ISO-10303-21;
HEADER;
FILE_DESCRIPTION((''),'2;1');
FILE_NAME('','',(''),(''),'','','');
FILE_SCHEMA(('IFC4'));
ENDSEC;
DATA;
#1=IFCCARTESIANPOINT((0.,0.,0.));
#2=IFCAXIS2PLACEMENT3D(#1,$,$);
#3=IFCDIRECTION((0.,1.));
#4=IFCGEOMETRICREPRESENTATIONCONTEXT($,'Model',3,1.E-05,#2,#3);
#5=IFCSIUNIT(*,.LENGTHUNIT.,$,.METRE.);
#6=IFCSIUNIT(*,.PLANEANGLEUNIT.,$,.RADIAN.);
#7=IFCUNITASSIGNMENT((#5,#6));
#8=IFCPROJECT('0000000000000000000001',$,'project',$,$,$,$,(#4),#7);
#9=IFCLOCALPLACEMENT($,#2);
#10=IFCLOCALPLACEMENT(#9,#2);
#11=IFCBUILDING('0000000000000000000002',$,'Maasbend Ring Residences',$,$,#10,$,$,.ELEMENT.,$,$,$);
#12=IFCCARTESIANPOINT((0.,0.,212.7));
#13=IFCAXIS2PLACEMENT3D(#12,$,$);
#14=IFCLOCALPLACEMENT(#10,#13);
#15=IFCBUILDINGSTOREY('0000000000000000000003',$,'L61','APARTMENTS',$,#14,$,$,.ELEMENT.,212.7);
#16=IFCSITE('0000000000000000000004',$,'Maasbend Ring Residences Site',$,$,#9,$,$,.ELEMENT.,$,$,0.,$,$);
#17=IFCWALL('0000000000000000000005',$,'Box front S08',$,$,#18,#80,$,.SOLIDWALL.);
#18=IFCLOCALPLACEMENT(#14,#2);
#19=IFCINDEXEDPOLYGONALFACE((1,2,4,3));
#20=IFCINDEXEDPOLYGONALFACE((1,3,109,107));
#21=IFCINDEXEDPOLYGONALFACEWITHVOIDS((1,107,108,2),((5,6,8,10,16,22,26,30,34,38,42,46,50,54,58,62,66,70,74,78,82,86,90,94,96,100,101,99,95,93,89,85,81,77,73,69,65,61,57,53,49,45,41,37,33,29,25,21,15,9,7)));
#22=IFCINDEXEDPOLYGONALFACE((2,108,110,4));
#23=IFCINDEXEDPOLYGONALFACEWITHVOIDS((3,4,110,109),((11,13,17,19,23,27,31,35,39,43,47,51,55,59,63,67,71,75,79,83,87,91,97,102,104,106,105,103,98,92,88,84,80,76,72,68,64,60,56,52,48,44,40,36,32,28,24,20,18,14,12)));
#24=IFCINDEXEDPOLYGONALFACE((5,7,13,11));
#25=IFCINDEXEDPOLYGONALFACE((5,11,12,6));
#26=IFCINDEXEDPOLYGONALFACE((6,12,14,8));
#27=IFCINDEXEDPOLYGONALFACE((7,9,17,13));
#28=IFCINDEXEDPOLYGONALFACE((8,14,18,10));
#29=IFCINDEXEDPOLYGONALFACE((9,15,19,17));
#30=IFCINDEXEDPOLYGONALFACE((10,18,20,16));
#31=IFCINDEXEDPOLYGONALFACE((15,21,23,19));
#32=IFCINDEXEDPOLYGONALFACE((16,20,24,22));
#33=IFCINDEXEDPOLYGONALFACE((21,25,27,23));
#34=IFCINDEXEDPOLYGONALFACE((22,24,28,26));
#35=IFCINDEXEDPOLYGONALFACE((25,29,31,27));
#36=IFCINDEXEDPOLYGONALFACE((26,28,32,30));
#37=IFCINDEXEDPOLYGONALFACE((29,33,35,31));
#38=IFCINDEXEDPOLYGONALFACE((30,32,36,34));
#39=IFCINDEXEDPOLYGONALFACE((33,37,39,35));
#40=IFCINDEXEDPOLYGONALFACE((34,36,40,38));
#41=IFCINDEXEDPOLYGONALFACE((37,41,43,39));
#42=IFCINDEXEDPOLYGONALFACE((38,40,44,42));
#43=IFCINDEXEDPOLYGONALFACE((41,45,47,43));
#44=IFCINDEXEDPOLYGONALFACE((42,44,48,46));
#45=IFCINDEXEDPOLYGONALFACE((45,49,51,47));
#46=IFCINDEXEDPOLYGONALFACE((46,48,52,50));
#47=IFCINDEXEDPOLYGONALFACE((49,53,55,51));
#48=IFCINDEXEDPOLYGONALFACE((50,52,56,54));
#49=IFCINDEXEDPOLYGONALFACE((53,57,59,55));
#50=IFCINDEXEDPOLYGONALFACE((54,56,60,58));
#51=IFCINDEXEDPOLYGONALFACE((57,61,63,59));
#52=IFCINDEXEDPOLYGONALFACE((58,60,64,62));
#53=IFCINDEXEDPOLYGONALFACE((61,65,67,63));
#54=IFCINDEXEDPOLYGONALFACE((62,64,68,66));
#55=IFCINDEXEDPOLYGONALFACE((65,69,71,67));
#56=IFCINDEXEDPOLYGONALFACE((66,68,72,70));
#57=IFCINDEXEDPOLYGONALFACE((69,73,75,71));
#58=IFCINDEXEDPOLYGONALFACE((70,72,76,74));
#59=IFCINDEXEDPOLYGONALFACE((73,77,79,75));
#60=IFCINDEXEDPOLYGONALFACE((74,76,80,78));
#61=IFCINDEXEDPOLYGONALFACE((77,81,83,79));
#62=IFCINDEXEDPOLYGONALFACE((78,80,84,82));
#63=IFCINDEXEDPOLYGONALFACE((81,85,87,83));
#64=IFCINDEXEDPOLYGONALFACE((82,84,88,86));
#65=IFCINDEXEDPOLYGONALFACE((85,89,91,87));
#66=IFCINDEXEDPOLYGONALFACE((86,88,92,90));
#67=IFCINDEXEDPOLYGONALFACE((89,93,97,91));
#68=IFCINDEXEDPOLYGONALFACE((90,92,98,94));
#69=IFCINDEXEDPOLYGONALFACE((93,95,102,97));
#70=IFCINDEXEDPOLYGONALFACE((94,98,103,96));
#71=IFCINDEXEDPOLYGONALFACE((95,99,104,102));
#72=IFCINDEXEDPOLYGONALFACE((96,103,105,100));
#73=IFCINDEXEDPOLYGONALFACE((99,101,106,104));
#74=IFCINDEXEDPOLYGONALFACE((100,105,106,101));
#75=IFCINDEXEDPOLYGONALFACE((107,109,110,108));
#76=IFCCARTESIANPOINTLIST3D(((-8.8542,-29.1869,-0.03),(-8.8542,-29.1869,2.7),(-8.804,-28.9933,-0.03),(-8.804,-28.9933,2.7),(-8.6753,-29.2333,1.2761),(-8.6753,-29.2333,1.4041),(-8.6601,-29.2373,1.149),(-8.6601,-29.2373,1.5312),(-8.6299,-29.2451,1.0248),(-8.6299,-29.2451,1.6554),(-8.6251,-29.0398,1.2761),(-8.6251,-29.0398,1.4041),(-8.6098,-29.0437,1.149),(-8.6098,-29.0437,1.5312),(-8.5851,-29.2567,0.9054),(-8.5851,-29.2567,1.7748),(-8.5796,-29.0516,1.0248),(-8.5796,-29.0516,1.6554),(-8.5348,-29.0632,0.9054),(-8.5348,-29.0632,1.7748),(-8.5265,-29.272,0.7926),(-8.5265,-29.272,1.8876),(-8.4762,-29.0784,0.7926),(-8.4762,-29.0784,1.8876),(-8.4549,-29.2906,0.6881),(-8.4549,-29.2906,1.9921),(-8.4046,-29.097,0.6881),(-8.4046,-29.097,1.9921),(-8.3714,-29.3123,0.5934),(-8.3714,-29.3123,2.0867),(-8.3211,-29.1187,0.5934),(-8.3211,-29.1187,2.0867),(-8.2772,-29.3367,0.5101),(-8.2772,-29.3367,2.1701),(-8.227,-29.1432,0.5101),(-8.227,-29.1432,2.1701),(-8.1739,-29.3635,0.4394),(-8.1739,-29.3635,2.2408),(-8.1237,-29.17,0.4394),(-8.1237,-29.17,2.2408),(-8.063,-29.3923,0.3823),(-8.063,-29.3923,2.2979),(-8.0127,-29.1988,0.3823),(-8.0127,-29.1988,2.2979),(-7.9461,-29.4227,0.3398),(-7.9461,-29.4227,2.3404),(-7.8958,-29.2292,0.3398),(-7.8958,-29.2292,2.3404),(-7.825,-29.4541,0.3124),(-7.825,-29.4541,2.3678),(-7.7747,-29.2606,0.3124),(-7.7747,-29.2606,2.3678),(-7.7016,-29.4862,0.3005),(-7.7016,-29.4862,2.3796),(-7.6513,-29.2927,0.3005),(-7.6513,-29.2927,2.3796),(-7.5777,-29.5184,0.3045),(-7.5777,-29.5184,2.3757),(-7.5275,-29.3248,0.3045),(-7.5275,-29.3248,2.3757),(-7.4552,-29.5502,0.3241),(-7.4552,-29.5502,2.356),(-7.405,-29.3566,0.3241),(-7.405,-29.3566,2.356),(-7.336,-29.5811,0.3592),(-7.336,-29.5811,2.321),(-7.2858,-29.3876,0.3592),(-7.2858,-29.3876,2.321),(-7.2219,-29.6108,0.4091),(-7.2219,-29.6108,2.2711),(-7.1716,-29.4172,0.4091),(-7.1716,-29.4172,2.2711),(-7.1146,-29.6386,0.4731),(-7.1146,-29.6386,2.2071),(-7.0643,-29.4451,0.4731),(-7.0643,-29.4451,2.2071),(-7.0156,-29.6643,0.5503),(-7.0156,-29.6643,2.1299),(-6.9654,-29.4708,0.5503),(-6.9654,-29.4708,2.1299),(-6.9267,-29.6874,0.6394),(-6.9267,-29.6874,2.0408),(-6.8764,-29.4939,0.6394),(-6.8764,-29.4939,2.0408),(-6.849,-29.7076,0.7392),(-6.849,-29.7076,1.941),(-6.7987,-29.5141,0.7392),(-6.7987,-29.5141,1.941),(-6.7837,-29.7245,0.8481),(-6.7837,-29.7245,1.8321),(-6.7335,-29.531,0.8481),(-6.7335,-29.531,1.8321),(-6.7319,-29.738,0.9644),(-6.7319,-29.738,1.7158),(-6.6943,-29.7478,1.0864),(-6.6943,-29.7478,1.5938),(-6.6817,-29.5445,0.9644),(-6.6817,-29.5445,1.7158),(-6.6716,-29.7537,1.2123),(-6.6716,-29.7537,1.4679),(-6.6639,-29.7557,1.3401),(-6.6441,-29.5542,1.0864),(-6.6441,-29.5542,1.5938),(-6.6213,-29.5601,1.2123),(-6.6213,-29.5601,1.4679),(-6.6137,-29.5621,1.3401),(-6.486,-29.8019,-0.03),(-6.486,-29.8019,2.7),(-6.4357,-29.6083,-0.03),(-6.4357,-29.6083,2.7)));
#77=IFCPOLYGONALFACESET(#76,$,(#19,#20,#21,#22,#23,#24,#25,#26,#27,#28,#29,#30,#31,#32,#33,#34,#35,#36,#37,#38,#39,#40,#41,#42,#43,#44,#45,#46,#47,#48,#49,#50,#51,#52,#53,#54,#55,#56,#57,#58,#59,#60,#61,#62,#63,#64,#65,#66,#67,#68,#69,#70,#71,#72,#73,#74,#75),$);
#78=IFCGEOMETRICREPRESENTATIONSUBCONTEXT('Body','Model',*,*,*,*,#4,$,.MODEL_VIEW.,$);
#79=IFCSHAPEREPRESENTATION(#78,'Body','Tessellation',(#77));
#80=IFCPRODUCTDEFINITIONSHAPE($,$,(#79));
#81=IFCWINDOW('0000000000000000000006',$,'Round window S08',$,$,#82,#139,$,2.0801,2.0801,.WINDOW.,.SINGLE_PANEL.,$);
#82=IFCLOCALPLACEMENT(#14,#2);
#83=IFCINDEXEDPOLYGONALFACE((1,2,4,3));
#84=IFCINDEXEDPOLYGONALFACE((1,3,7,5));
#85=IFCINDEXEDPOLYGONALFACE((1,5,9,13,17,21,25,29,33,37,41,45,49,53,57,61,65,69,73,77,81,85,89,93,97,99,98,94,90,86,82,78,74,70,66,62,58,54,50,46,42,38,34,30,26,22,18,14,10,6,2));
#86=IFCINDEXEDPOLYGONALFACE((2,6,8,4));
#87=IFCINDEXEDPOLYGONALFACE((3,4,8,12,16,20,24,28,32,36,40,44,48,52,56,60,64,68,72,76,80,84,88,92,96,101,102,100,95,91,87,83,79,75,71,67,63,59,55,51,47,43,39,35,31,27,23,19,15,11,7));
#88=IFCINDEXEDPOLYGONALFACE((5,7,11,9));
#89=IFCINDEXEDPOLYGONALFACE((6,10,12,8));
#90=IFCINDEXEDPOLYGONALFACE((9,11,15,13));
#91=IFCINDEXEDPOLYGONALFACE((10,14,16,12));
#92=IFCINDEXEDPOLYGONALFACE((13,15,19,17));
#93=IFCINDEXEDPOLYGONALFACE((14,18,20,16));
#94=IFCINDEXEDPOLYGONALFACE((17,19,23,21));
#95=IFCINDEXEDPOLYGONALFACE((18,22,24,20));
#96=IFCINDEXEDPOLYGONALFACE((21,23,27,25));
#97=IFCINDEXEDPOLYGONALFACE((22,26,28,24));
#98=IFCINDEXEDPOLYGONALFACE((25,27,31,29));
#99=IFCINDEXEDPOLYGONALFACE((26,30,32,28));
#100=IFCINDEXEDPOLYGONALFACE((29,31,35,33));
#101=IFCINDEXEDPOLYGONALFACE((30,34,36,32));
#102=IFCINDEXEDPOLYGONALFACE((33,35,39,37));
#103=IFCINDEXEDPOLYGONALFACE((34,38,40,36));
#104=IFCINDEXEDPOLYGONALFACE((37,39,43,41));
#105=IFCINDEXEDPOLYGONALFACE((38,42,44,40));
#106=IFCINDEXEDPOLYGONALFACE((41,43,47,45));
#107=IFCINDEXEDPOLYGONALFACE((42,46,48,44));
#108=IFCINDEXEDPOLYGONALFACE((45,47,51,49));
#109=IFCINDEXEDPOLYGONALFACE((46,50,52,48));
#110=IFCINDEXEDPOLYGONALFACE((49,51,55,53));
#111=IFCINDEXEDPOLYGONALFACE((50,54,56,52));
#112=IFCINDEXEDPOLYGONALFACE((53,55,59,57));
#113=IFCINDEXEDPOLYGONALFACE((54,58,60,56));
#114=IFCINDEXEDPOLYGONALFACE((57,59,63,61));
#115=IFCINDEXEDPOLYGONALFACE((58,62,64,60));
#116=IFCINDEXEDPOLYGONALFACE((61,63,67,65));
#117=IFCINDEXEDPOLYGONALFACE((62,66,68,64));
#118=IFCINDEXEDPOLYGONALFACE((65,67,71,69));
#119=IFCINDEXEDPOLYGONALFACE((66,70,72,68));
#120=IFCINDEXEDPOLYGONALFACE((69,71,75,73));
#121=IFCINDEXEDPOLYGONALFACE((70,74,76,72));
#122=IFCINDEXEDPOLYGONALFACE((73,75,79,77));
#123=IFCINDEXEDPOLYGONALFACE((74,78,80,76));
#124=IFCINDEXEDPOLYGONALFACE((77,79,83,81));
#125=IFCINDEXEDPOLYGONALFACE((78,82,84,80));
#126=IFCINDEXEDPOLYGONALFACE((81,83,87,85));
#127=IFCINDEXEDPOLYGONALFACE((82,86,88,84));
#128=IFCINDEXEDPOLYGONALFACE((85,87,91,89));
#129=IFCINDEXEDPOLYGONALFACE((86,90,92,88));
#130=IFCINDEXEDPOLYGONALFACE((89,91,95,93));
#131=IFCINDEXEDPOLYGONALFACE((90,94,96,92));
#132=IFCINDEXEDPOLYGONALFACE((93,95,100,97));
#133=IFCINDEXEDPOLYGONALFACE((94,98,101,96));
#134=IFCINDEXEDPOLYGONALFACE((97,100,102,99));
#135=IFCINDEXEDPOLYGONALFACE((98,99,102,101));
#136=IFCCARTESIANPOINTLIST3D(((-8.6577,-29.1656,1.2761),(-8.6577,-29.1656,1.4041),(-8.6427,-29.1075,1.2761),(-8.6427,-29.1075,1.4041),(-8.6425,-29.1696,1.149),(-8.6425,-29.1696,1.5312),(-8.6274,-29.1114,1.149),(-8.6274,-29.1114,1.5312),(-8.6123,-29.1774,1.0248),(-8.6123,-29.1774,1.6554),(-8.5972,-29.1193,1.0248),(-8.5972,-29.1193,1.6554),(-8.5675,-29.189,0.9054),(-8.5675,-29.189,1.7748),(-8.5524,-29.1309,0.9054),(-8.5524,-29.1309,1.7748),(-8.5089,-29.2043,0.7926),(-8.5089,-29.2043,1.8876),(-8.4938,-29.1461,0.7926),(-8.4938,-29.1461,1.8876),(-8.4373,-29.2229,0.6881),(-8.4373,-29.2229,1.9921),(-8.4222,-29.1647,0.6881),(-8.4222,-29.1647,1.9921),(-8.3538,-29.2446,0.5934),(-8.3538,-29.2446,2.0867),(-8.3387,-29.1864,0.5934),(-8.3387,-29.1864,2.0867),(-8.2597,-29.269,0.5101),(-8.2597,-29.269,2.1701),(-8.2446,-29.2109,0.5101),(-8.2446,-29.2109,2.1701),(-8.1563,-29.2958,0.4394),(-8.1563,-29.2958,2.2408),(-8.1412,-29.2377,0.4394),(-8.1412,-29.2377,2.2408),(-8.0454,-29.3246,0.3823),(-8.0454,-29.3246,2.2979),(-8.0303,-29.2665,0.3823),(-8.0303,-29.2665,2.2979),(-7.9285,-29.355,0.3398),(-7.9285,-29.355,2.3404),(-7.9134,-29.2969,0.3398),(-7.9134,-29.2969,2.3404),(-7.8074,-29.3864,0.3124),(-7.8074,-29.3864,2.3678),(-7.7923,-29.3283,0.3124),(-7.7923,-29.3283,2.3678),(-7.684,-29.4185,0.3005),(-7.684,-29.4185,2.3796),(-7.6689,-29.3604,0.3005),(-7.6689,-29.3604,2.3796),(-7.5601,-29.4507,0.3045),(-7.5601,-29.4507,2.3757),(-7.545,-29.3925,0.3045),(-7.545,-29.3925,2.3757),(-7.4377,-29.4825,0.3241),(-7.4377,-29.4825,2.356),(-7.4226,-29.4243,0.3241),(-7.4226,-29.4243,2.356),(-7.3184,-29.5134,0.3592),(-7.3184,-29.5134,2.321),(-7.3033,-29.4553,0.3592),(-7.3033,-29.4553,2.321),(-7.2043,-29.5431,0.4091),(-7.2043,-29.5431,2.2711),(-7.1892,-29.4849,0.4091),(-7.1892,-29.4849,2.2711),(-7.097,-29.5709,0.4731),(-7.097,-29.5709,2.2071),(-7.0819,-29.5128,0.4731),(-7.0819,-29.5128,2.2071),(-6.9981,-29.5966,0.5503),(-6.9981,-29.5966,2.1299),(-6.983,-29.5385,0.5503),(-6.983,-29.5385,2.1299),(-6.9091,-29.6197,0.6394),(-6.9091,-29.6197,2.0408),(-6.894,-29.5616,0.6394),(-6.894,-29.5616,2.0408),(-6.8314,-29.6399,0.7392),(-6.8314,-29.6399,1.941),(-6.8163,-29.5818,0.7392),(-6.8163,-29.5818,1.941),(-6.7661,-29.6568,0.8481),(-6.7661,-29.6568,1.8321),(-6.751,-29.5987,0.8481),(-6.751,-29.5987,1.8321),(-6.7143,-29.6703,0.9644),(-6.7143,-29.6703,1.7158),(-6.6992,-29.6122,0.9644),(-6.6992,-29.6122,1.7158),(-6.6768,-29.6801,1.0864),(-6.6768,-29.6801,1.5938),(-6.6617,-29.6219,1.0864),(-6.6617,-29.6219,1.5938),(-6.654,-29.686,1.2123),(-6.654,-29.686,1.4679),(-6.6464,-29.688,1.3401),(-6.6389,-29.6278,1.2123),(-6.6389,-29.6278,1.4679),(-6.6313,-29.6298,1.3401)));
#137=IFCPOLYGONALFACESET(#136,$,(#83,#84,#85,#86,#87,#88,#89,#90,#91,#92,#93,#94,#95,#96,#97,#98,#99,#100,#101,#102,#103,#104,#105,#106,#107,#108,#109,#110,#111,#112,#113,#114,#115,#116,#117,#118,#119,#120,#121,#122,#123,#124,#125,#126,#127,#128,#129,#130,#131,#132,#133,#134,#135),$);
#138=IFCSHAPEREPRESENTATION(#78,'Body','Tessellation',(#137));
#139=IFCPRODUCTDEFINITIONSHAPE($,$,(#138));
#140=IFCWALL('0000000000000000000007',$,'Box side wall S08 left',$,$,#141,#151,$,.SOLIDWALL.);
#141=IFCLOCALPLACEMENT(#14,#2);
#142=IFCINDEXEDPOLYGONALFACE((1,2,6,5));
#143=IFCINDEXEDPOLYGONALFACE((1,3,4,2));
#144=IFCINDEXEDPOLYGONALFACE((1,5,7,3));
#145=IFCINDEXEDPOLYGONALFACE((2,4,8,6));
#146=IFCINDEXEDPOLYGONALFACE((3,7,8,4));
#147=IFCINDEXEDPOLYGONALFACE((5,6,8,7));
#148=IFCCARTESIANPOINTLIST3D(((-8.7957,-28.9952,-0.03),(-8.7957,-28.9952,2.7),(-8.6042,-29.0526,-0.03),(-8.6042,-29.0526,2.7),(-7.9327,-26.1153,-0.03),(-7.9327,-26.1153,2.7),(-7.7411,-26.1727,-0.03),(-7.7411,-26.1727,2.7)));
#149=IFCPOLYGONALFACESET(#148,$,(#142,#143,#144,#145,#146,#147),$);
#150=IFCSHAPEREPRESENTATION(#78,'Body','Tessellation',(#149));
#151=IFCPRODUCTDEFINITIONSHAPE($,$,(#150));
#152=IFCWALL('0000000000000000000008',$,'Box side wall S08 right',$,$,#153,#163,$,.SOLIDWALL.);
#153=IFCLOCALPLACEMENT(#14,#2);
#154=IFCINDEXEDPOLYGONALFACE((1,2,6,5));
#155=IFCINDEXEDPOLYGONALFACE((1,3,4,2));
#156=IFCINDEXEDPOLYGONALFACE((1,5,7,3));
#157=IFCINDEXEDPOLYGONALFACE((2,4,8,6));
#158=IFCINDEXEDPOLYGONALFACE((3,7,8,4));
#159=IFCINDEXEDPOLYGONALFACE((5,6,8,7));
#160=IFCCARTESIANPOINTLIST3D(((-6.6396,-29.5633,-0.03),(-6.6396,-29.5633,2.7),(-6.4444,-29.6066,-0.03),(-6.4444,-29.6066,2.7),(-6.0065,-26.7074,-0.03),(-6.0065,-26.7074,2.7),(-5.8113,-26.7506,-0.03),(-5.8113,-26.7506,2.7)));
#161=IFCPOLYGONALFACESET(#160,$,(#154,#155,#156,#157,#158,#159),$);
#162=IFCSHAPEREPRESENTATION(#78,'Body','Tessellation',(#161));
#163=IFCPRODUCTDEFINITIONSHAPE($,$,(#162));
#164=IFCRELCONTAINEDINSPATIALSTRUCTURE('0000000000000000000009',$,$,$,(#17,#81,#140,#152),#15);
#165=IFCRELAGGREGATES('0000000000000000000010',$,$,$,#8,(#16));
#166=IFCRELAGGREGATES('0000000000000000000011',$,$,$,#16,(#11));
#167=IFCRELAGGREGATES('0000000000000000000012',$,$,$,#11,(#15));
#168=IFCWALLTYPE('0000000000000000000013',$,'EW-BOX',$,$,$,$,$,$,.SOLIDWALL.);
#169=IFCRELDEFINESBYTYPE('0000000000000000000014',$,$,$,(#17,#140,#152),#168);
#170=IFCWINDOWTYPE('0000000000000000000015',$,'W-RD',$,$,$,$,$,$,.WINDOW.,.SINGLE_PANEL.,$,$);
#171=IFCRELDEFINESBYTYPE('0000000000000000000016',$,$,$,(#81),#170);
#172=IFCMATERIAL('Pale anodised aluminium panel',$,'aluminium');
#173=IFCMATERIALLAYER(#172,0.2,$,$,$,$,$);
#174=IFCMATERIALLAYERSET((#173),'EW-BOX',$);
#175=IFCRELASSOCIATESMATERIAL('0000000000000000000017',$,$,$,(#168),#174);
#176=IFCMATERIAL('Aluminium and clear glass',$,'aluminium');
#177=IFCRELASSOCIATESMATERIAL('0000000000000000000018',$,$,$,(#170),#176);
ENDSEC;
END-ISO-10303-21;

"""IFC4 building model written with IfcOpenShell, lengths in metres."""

from ifc_helpers import new_model, si_unit, direction, frame, frame_2d, origin, place, context, subcontext, project, spatial, rectangle, circle, extrude, material, layer, layer_set, type_object, element, fill, save


model = new_model("IFC4")

# Units and contexts
model_context = context("Model", 3, precision=1e-05, world=origin(), true_north=direction((0.0, 1.0)))
body_context = subcontext(model_context, "Body", "Model", "MODEL_VIEW")
ifc_project = project(units=[si_unit("LENGTHUNIT", "METRE"), si_unit("PLANEANGLEUNIT", "RADIAN")], contexts=[model_context])

# Site, building, storey
site_placement = place(None, origin())
site = spatial("IfcSite", under=ifc_project, at=site_placement, Name="Maasbend Ring Residences Site", CompositionType="ELEMENT", RefElevation=0.0)
building_placement = place(site_placement, origin())
building = spatial("IfcBuilding", under=site, at=building_placement, Name="Maasbend Ring Residences", CompositionType="ELEMENT")
storey_placement = place(building_placement, frame((0.0, 0.0, 212.7)))
storey = spatial("IfcBuildingStorey", under=building, at=storey_placement, Name="L61", Description="APARTMENTS", CompositionType="ELEMENT", Elevation=212.7)

# Wall, opening, window
ifc_material_1 = material(Name="Pale anodised aluminium panel", Category="aluminium")
ifc_layer_1 = layer(ifc_material_1, 0.2)
ifc_layer_set_1 = layer_set([ifc_layer_1], Name="EW-BOX")
wall_type_1 = type_object("IfcWallType", Name="EW-BOX", PredefinedType="SOLIDWALL", material=ifc_layer_set_1)
wall_1_placement = place(storey_placement, frame((-8.8291, -29.0901, -0.03), z_axis=(0.0, 0.0, 1.0), x_axis=(0.967895, -0.251353, 0.0)))
wall_1 = element("IfcWall", 1, at=wall_1_placement, inside=storey, type_object=wall_type_1, Name="Box front S08", PredefinedType="SOLIDWALL", context=body_context, shape_type="SweptSolid", body=[
    extrude(rectangle(XDim=2.4468, YDim=0.2, at=frame_2d((1.2234, 0.0))), origin(), (0.0, 0.0, 1.0), 2.73),
])
opening_1_placement = place(wall_1_placement, frame((0.1829, 0.0, 0.3301)))
opening_1 = element("IfcOpeningElement", 2, at=opening_1_placement, cuts=wall_1, PredefinedType="OPENING", context=body_context, shape_type="SweptSolid", body=[
    extrude(circle(Radius=1.04, at=frame_2d((1.04, 1.04))), frame((0.0, 0.1099, 0.0), z_axis=(0.0, -1.0, 0.0), x_axis=(1.0, 0.0, 0.0)), (0.0, 0.0, 1.0), 0.22),
])
ifc_material_2 = material(Name="Aluminium and clear glass", Category="aluminium")
window_type_1 = type_object("IfcWindowType", Name="W-RD", PartitioningType="SINGLE_PANEL", PredefinedType="WINDOW", material=ifc_material_2)
window_1_placement = place(opening_1_placement, origin())
window_1 = element("IfcWindow", 3, at=window_1_placement, inside=storey, type_object=window_type_1, Name="Round window S08", OverallHeight=2.0801, OverallWidth=2.0801, PartitioningType="SINGLE_PANEL", PredefinedType="WINDOW", context=body_context, shape_type="SweptSolid", body=[
    extrude(circle(Radius=1.04, at=frame_2d((1.04, 1.04))), frame((0.0, 0.03, 0.0), z_axis=(0.0, -1.0, 0.0), x_axis=(1.0, 0.0, 0.0)), (0.0, 0.0, 1.0), 0.0601),
])
fill(opening_1, window_1)

# Walls
wall_2_placement = place(storey_placement, frame((-7.8369, -26.144, -0.03), z_axis=(0.0, 0.0, 1.0), x_axis=(-0.287065, -0.957911, 0.0)))
element("IfcWall", 4, at=wall_2_placement, inside=storey, type_object=wall_type_1, Name="Box side wall S08 left", PredefinedType="SOLIDWALL", context=body_context, shape_type="SweptSolid", body=[
    extrude(rectangle(XDim=3.0063, YDim=0.2, at=frame_2d((1.5032, 0.0))), origin(), (0.0, 0.0, 1.0), 2.73),
])
wall_3_placement = place(storey_placement, frame((-5.9089, -26.729, -0.03), z_axis=(0.0, 0.0, 1.0), x_axis=(-0.216409, -0.976303, 0.0)))
element("IfcWall", 5, at=wall_3_placement, inside=storey, type_object=wall_type_1, Name="Box side wall S08 right", PredefinedType="SOLIDWALL", context=body_context, shape_type="SweptSolid", body=[
    extrude(rectangle(XDim=2.9253, YDim=0.2, at=frame_2d((1.4626, 0.0))), origin(), (0.0, 0.0, 1.0), 2.73),
])

save(model, "model.ifc")
